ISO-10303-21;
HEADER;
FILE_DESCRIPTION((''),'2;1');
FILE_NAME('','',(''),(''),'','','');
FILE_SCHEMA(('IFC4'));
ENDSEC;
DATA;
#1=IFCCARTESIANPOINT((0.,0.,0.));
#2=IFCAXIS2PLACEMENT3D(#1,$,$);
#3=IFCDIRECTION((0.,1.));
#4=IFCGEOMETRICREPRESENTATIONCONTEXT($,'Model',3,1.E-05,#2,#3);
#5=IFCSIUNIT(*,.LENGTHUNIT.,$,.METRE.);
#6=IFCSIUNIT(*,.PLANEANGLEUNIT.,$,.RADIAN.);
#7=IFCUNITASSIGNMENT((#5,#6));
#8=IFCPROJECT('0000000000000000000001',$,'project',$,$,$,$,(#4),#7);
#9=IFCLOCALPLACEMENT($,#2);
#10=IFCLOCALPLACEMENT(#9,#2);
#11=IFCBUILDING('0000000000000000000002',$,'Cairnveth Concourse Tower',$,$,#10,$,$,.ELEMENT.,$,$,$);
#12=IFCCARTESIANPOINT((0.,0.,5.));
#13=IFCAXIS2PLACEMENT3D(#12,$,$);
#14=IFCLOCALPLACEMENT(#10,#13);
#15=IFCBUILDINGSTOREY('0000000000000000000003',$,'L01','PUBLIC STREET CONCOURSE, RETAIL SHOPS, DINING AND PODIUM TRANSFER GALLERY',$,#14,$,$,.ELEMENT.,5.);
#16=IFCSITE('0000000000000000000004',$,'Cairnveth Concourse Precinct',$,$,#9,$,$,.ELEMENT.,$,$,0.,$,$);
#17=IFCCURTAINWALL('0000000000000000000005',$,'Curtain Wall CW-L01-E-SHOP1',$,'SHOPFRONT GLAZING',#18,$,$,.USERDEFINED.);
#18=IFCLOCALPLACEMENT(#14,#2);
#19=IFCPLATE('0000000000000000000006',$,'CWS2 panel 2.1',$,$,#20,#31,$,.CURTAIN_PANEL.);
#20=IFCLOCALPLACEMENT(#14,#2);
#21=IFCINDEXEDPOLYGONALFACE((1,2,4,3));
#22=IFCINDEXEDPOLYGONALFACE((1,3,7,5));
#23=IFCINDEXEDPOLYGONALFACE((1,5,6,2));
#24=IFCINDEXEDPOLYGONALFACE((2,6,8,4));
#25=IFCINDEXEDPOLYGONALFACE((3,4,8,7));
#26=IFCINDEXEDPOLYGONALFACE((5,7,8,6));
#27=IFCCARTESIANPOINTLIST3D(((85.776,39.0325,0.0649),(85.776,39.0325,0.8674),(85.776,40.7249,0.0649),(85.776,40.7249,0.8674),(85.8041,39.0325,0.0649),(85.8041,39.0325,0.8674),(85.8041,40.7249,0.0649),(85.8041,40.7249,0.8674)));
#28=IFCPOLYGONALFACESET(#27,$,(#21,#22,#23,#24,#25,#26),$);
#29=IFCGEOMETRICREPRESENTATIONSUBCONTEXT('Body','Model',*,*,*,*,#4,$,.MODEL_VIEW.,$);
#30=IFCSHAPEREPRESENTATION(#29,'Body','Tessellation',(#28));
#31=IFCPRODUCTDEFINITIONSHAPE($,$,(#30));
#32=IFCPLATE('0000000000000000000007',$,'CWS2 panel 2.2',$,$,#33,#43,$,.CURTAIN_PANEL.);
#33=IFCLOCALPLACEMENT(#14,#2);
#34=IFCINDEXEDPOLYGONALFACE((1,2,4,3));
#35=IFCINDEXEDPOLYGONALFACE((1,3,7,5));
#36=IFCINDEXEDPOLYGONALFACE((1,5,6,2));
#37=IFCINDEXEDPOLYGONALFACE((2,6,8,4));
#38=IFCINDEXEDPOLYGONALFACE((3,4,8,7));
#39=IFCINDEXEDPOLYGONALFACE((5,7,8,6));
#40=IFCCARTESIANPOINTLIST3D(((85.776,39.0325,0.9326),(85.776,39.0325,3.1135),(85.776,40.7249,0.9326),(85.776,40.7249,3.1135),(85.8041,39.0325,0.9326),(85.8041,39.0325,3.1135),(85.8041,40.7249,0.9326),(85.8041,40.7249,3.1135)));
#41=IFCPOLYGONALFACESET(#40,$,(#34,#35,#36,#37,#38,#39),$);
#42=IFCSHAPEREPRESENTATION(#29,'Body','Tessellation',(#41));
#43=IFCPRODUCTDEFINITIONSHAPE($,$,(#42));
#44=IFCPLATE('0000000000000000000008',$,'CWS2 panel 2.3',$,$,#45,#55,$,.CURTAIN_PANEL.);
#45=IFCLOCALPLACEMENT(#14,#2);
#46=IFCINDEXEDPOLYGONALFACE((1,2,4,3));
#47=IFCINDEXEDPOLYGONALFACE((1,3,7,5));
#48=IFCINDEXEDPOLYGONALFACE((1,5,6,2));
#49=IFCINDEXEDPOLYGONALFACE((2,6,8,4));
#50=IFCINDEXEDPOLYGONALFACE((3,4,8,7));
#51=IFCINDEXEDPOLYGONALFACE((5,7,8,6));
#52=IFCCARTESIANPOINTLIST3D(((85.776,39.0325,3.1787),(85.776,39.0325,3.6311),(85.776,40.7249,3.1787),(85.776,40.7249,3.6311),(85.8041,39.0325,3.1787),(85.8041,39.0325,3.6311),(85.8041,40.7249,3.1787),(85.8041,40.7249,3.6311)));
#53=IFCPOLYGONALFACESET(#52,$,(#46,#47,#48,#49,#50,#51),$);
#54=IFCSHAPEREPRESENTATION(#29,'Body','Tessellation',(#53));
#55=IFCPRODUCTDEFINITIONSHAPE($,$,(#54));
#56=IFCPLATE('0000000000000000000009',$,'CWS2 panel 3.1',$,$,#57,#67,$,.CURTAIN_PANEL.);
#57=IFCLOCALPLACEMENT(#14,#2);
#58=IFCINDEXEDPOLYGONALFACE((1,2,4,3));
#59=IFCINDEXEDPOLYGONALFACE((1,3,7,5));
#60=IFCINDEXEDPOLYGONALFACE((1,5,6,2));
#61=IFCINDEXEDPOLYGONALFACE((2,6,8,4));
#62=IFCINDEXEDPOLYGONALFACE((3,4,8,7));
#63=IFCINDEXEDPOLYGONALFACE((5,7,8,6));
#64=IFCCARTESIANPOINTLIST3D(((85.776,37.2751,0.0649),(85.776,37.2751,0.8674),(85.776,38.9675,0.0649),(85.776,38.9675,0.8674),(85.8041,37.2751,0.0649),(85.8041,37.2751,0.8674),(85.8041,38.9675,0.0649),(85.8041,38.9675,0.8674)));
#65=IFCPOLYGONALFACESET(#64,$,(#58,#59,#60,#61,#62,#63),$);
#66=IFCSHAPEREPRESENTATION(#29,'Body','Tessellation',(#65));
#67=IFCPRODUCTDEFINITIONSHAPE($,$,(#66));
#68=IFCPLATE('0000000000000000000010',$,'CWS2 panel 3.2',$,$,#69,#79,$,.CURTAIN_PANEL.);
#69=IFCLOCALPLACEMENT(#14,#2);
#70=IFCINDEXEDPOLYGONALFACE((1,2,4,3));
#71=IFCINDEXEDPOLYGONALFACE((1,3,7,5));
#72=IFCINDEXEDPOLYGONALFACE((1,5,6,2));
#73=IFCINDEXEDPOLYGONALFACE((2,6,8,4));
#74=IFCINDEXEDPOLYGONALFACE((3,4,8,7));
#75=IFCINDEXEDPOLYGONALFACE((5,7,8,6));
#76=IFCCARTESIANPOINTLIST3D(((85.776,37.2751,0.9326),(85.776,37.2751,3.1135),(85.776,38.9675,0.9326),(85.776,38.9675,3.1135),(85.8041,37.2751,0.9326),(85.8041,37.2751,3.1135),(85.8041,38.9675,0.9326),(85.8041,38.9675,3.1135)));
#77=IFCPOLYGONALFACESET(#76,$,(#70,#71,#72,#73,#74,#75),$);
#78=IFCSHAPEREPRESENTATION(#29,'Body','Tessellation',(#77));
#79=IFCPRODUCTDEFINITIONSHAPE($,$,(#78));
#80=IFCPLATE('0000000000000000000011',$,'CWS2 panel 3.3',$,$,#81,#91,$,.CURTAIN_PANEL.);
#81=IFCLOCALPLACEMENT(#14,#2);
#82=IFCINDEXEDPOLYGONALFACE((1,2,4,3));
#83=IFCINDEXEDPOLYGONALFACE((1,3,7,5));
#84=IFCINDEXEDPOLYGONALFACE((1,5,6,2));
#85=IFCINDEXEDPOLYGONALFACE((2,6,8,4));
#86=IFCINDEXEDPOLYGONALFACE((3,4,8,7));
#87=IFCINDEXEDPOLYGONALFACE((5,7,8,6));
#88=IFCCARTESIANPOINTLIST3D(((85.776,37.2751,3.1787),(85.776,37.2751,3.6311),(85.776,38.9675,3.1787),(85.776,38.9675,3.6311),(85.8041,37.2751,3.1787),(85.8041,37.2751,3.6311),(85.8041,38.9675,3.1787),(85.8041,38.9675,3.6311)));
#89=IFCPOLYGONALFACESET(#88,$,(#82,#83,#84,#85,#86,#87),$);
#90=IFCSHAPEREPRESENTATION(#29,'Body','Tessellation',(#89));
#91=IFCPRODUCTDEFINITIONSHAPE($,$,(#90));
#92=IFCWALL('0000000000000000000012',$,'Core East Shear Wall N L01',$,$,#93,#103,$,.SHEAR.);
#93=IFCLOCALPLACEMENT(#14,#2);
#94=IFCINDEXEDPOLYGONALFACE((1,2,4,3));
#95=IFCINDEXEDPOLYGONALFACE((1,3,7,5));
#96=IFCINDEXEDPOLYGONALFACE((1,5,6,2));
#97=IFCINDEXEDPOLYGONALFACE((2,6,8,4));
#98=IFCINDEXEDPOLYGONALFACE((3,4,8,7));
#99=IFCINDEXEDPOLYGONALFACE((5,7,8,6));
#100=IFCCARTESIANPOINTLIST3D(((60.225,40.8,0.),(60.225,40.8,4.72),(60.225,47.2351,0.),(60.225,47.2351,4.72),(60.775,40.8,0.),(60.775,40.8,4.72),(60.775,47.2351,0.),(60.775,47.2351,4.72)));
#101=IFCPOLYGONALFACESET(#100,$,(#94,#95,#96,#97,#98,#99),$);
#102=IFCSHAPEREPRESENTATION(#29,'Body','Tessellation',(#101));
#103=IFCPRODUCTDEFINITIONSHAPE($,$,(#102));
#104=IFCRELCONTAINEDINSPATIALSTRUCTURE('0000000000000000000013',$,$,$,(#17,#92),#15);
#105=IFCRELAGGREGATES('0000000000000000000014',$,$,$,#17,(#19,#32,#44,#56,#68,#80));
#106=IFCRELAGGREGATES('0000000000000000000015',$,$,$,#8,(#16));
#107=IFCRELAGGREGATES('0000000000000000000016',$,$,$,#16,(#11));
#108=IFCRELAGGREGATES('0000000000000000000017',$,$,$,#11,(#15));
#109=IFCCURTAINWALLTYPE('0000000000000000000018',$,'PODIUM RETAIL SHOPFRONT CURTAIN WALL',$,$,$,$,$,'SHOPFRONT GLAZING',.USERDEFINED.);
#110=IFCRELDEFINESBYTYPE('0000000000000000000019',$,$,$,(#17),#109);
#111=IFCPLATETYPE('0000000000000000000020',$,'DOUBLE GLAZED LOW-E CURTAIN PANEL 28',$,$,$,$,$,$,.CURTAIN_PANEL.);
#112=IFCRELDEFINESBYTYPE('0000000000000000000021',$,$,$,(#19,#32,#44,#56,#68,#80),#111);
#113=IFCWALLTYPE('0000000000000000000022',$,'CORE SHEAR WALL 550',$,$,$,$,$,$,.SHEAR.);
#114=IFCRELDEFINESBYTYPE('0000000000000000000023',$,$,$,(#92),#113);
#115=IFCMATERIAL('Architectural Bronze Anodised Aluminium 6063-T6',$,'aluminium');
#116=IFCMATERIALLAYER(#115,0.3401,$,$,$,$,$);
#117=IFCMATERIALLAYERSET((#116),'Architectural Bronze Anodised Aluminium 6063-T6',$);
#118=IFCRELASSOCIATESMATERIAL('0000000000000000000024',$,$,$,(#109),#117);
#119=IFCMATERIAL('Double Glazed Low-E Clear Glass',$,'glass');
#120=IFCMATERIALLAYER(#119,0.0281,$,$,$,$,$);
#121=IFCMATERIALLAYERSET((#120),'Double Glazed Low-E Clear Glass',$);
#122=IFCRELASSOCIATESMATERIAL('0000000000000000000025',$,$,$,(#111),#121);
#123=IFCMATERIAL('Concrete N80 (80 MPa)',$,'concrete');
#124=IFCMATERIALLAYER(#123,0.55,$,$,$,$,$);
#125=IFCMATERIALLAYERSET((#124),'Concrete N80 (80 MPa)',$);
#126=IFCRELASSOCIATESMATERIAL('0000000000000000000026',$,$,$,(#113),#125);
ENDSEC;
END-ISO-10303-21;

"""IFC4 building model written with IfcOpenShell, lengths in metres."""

from ifc_helpers import new_model, si_unit, direction, frame, frame_2d, origin, origin_2d, place, context, subcontext, project, spatial, rectangle, extrude, material, layer, layer_set, type_object, element, aggregate, save


model = new_model("IFC4")

# Units and contexts
model_context = context("Model", 3, precision=1e-05, world=origin(), true_north=direction((0.0, 1.0)))
body_context = subcontext(model_context, "Body", "Model", "MODEL_VIEW")
ifc_project = project(units=[si_unit("LENGTHUNIT", "METRE"), si_unit("PLANEANGLEUNIT", "RADIAN")], contexts=[model_context])

# Site, building, storey
site_placement = place(None, origin())
site = spatial("IfcSite", under=ifc_project, at=site_placement, Name="Cairnveth Concourse Precinct", CompositionType="ELEMENT", RefElevation=0.0)
building_placement = place(site_placement, origin())
building = spatial("IfcBuilding", under=site, at=building_placement, Name="Cairnveth Concourse Tower", CompositionType="ELEMENT")
storey_placement = place(building_placement, frame((0.0, 0.0, 5.0)))
storey = spatial("IfcBuildingStorey", under=building, at=storey_placement, Name="L01", Description="PUBLIC STREET CONCOURSE, RETAIL SHOPS, DINING AND PODIUM TRANSFER GALLERY", CompositionType="ELEMENT", Elevation=5.0)

# Curtain wall, plates
ifc_material_1 = material(Name="Architectural Bronze Anodised Aluminium 6063-T6", Category="aluminium")
ifc_layer_1 = layer(ifc_material_1, 0.3401)
ifc_layer_set_1 = layer_set([ifc_layer_1], Name="Architectural Bronze Anodised Aluminium 6063-T6")
curtain_wall_type = type_object("IfcCurtainWallType", Name="PODIUM RETAIL SHOPFRONT CURTAIN WALL", ElementType="SHOPFRONT GLAZING", PredefinedType="USERDEFINED", material=ifc_layer_set_1)
curtain_wall_placement = place(storey_placement, origin())
curtain_wall = element("IfcCurtainWall", 1, at=curtain_wall_placement, inside=storey, type_object=curtain_wall_type, Name="Curtain Wall CW-L01-E-SHOP1", ObjectType="SHOPFRONT GLAZING", PredefinedType="USERDEFINED")
ifc_material_2 = material(Name="Double Glazed Low-E Clear Glass", Category="glass")
ifc_layer_2 = layer(ifc_material_2, 0.0281)
ifc_layer_set_2 = layer_set([ifc_layer_2], Name="Double Glazed Low-E Clear Glass")
plate_type = type_object("IfcPlateType", Name="DOUBLE GLAZED LOW-E CURTAIN PANEL 28", PredefinedType="CURTAIN_PANEL", material=ifc_layer_set_2)
plate_1_placement = place(storey_placement, frame((85.79, 39.8787, 0.0649), z_axis=(0.0, 0.0, 1.0), x_axis=(0.0, -1.0, 0.0)))
plate_1 = element("IfcPlate", 2, at=plate_1_placement, type_object=plate_type, Name="CWS2 panel 2.1", PredefinedType="CURTAIN_PANEL", context=body_context, shape_type="SweptSolid", body=[
    extrude(rectangle(XDim=1.6924, YDim=0.0281, at=origin_2d()), origin(), (0.0, 0.0, 1.0), 0.8025),
])
plate_2_placement = place(storey_placement, frame((85.79, 39.8787, 0.9326), z_axis=(0.0, 0.0, 1.0), x_axis=(0.0, -1.0, 0.0)))
plate_2 = element("IfcPlate", 3, at=plate_2_placement, type_object=plate_type, Name="CWS2 panel 2.2", PredefinedType="CURTAIN_PANEL", context=body_context, shape_type="SweptSolid", body=[
    extrude(rectangle(XDim=1.6924, YDim=0.0281, at=origin_2d()), origin(), (0.0, 0.0, 1.0), 2.1809),
])
plate_3_placement = place(storey_placement, frame((85.79, 39.8787, 3.1787), z_axis=(0.0, 0.0, 1.0), x_axis=(0.0, -1.0, 0.0)))
plate_3 = element("IfcPlate", 4, at=plate_3_placement, type_object=plate_type, Name="CWS2 panel 2.3", PredefinedType="CURTAIN_PANEL", context=body_context, shape_type="SweptSolid", body=[
    extrude(rectangle(XDim=1.6924, YDim=0.0281, at=origin_2d()), origin(), (0.0, 0.0, 1.0), 0.4524),
])
plate_4_placement = place(storey_placement, frame((85.79, 38.1213, 0.0649), z_axis=(0.0, 0.0, 1.0), x_axis=(0.0, -1.0, 0.0)))
plate_4 = element("IfcPlate", 5, at=plate_4_placement, type_object=plate_type, Name="CWS2 panel 3.1", PredefinedType="CURTAIN_PANEL", context=body_context, shape_type="SweptSolid", body=[
    extrude(rectangle(XDim=1.6924, YDim=0.0281, at=origin_2d()), origin(), (0.0, 0.0, 1.0), 0.8025),
])
plate_5_placement = place(storey_placement, frame((85.79, 38.1213, 0.9326), z_axis=(0.0, 0.0, 1.0), x_axis=(0.0, -1.0, 0.0)))
plate_5 = element("IfcPlate", 6, at=plate_5_placement, type_object=plate_type, Name="CWS2 panel 3.2", PredefinedType="CURTAIN_PANEL", context=body_context, shape_type="SweptSolid", body=[
    extrude(rectangle(XDim=1.6924, YDim=0.0281, at=origin_2d()), origin(), (0.0, 0.0, 1.0), 2.1809),
])
plate_6_placement = place(storey_placement, frame((85.79, 38.1213, 3.1787), z_axis=(0.0, 0.0, 1.0), x_axis=(0.0, -1.0, 0.0)))
plate_6 = element("IfcPlate", 7, at=plate_6_placement, type_object=plate_type, Name="CWS2 panel 3.3", PredefinedType="CURTAIN_PANEL", context=body_context, shape_type="SweptSolid", body=[
    extrude(rectangle(XDim=1.6924, YDim=0.0281, at=origin_2d()), origin(), (0.0, 0.0, 1.0), 0.4524),
])
aggregate(curtain_wall, [plate_1, plate_2, plate_3, plate_4, plate_5, plate_6])

# Wall
ifc_material_3 = material(Name="Concrete N80 (80 MPa)", Category="concrete")
ifc_layer_3 = layer(ifc_material_3, 0.55)
ifc_layer_set_3 = layer_set([ifc_layer_3], Name="Concrete N80 (80 MPa)")
wall_type_1 = type_object("IfcWallType", Name="CORE SHEAR WALL 550", PredefinedType="SHEAR", material=ifc_layer_set_3)
wall_1_placement = place(storey_placement, frame((60.5, 40.8, 0.0), z_axis=(0.0, 0.0, 1.0), x_axis=(0.0, 1.0, 0.0)))
element("IfcWall", 8, at=wall_1_placement, inside=storey, type_object=wall_type_1, Name="Core East Shear Wall N L01", PredefinedType="SHEAR", context=body_context, shape_type="SweptSolid", body=[
    extrude(rectangle(XDim=6.4351, YDim=0.55, at=frame_2d((3.2175, 0.0))), origin(), (0.0, 0.0, 1.0), 4.72),
])

save(model, "model.ifc")
